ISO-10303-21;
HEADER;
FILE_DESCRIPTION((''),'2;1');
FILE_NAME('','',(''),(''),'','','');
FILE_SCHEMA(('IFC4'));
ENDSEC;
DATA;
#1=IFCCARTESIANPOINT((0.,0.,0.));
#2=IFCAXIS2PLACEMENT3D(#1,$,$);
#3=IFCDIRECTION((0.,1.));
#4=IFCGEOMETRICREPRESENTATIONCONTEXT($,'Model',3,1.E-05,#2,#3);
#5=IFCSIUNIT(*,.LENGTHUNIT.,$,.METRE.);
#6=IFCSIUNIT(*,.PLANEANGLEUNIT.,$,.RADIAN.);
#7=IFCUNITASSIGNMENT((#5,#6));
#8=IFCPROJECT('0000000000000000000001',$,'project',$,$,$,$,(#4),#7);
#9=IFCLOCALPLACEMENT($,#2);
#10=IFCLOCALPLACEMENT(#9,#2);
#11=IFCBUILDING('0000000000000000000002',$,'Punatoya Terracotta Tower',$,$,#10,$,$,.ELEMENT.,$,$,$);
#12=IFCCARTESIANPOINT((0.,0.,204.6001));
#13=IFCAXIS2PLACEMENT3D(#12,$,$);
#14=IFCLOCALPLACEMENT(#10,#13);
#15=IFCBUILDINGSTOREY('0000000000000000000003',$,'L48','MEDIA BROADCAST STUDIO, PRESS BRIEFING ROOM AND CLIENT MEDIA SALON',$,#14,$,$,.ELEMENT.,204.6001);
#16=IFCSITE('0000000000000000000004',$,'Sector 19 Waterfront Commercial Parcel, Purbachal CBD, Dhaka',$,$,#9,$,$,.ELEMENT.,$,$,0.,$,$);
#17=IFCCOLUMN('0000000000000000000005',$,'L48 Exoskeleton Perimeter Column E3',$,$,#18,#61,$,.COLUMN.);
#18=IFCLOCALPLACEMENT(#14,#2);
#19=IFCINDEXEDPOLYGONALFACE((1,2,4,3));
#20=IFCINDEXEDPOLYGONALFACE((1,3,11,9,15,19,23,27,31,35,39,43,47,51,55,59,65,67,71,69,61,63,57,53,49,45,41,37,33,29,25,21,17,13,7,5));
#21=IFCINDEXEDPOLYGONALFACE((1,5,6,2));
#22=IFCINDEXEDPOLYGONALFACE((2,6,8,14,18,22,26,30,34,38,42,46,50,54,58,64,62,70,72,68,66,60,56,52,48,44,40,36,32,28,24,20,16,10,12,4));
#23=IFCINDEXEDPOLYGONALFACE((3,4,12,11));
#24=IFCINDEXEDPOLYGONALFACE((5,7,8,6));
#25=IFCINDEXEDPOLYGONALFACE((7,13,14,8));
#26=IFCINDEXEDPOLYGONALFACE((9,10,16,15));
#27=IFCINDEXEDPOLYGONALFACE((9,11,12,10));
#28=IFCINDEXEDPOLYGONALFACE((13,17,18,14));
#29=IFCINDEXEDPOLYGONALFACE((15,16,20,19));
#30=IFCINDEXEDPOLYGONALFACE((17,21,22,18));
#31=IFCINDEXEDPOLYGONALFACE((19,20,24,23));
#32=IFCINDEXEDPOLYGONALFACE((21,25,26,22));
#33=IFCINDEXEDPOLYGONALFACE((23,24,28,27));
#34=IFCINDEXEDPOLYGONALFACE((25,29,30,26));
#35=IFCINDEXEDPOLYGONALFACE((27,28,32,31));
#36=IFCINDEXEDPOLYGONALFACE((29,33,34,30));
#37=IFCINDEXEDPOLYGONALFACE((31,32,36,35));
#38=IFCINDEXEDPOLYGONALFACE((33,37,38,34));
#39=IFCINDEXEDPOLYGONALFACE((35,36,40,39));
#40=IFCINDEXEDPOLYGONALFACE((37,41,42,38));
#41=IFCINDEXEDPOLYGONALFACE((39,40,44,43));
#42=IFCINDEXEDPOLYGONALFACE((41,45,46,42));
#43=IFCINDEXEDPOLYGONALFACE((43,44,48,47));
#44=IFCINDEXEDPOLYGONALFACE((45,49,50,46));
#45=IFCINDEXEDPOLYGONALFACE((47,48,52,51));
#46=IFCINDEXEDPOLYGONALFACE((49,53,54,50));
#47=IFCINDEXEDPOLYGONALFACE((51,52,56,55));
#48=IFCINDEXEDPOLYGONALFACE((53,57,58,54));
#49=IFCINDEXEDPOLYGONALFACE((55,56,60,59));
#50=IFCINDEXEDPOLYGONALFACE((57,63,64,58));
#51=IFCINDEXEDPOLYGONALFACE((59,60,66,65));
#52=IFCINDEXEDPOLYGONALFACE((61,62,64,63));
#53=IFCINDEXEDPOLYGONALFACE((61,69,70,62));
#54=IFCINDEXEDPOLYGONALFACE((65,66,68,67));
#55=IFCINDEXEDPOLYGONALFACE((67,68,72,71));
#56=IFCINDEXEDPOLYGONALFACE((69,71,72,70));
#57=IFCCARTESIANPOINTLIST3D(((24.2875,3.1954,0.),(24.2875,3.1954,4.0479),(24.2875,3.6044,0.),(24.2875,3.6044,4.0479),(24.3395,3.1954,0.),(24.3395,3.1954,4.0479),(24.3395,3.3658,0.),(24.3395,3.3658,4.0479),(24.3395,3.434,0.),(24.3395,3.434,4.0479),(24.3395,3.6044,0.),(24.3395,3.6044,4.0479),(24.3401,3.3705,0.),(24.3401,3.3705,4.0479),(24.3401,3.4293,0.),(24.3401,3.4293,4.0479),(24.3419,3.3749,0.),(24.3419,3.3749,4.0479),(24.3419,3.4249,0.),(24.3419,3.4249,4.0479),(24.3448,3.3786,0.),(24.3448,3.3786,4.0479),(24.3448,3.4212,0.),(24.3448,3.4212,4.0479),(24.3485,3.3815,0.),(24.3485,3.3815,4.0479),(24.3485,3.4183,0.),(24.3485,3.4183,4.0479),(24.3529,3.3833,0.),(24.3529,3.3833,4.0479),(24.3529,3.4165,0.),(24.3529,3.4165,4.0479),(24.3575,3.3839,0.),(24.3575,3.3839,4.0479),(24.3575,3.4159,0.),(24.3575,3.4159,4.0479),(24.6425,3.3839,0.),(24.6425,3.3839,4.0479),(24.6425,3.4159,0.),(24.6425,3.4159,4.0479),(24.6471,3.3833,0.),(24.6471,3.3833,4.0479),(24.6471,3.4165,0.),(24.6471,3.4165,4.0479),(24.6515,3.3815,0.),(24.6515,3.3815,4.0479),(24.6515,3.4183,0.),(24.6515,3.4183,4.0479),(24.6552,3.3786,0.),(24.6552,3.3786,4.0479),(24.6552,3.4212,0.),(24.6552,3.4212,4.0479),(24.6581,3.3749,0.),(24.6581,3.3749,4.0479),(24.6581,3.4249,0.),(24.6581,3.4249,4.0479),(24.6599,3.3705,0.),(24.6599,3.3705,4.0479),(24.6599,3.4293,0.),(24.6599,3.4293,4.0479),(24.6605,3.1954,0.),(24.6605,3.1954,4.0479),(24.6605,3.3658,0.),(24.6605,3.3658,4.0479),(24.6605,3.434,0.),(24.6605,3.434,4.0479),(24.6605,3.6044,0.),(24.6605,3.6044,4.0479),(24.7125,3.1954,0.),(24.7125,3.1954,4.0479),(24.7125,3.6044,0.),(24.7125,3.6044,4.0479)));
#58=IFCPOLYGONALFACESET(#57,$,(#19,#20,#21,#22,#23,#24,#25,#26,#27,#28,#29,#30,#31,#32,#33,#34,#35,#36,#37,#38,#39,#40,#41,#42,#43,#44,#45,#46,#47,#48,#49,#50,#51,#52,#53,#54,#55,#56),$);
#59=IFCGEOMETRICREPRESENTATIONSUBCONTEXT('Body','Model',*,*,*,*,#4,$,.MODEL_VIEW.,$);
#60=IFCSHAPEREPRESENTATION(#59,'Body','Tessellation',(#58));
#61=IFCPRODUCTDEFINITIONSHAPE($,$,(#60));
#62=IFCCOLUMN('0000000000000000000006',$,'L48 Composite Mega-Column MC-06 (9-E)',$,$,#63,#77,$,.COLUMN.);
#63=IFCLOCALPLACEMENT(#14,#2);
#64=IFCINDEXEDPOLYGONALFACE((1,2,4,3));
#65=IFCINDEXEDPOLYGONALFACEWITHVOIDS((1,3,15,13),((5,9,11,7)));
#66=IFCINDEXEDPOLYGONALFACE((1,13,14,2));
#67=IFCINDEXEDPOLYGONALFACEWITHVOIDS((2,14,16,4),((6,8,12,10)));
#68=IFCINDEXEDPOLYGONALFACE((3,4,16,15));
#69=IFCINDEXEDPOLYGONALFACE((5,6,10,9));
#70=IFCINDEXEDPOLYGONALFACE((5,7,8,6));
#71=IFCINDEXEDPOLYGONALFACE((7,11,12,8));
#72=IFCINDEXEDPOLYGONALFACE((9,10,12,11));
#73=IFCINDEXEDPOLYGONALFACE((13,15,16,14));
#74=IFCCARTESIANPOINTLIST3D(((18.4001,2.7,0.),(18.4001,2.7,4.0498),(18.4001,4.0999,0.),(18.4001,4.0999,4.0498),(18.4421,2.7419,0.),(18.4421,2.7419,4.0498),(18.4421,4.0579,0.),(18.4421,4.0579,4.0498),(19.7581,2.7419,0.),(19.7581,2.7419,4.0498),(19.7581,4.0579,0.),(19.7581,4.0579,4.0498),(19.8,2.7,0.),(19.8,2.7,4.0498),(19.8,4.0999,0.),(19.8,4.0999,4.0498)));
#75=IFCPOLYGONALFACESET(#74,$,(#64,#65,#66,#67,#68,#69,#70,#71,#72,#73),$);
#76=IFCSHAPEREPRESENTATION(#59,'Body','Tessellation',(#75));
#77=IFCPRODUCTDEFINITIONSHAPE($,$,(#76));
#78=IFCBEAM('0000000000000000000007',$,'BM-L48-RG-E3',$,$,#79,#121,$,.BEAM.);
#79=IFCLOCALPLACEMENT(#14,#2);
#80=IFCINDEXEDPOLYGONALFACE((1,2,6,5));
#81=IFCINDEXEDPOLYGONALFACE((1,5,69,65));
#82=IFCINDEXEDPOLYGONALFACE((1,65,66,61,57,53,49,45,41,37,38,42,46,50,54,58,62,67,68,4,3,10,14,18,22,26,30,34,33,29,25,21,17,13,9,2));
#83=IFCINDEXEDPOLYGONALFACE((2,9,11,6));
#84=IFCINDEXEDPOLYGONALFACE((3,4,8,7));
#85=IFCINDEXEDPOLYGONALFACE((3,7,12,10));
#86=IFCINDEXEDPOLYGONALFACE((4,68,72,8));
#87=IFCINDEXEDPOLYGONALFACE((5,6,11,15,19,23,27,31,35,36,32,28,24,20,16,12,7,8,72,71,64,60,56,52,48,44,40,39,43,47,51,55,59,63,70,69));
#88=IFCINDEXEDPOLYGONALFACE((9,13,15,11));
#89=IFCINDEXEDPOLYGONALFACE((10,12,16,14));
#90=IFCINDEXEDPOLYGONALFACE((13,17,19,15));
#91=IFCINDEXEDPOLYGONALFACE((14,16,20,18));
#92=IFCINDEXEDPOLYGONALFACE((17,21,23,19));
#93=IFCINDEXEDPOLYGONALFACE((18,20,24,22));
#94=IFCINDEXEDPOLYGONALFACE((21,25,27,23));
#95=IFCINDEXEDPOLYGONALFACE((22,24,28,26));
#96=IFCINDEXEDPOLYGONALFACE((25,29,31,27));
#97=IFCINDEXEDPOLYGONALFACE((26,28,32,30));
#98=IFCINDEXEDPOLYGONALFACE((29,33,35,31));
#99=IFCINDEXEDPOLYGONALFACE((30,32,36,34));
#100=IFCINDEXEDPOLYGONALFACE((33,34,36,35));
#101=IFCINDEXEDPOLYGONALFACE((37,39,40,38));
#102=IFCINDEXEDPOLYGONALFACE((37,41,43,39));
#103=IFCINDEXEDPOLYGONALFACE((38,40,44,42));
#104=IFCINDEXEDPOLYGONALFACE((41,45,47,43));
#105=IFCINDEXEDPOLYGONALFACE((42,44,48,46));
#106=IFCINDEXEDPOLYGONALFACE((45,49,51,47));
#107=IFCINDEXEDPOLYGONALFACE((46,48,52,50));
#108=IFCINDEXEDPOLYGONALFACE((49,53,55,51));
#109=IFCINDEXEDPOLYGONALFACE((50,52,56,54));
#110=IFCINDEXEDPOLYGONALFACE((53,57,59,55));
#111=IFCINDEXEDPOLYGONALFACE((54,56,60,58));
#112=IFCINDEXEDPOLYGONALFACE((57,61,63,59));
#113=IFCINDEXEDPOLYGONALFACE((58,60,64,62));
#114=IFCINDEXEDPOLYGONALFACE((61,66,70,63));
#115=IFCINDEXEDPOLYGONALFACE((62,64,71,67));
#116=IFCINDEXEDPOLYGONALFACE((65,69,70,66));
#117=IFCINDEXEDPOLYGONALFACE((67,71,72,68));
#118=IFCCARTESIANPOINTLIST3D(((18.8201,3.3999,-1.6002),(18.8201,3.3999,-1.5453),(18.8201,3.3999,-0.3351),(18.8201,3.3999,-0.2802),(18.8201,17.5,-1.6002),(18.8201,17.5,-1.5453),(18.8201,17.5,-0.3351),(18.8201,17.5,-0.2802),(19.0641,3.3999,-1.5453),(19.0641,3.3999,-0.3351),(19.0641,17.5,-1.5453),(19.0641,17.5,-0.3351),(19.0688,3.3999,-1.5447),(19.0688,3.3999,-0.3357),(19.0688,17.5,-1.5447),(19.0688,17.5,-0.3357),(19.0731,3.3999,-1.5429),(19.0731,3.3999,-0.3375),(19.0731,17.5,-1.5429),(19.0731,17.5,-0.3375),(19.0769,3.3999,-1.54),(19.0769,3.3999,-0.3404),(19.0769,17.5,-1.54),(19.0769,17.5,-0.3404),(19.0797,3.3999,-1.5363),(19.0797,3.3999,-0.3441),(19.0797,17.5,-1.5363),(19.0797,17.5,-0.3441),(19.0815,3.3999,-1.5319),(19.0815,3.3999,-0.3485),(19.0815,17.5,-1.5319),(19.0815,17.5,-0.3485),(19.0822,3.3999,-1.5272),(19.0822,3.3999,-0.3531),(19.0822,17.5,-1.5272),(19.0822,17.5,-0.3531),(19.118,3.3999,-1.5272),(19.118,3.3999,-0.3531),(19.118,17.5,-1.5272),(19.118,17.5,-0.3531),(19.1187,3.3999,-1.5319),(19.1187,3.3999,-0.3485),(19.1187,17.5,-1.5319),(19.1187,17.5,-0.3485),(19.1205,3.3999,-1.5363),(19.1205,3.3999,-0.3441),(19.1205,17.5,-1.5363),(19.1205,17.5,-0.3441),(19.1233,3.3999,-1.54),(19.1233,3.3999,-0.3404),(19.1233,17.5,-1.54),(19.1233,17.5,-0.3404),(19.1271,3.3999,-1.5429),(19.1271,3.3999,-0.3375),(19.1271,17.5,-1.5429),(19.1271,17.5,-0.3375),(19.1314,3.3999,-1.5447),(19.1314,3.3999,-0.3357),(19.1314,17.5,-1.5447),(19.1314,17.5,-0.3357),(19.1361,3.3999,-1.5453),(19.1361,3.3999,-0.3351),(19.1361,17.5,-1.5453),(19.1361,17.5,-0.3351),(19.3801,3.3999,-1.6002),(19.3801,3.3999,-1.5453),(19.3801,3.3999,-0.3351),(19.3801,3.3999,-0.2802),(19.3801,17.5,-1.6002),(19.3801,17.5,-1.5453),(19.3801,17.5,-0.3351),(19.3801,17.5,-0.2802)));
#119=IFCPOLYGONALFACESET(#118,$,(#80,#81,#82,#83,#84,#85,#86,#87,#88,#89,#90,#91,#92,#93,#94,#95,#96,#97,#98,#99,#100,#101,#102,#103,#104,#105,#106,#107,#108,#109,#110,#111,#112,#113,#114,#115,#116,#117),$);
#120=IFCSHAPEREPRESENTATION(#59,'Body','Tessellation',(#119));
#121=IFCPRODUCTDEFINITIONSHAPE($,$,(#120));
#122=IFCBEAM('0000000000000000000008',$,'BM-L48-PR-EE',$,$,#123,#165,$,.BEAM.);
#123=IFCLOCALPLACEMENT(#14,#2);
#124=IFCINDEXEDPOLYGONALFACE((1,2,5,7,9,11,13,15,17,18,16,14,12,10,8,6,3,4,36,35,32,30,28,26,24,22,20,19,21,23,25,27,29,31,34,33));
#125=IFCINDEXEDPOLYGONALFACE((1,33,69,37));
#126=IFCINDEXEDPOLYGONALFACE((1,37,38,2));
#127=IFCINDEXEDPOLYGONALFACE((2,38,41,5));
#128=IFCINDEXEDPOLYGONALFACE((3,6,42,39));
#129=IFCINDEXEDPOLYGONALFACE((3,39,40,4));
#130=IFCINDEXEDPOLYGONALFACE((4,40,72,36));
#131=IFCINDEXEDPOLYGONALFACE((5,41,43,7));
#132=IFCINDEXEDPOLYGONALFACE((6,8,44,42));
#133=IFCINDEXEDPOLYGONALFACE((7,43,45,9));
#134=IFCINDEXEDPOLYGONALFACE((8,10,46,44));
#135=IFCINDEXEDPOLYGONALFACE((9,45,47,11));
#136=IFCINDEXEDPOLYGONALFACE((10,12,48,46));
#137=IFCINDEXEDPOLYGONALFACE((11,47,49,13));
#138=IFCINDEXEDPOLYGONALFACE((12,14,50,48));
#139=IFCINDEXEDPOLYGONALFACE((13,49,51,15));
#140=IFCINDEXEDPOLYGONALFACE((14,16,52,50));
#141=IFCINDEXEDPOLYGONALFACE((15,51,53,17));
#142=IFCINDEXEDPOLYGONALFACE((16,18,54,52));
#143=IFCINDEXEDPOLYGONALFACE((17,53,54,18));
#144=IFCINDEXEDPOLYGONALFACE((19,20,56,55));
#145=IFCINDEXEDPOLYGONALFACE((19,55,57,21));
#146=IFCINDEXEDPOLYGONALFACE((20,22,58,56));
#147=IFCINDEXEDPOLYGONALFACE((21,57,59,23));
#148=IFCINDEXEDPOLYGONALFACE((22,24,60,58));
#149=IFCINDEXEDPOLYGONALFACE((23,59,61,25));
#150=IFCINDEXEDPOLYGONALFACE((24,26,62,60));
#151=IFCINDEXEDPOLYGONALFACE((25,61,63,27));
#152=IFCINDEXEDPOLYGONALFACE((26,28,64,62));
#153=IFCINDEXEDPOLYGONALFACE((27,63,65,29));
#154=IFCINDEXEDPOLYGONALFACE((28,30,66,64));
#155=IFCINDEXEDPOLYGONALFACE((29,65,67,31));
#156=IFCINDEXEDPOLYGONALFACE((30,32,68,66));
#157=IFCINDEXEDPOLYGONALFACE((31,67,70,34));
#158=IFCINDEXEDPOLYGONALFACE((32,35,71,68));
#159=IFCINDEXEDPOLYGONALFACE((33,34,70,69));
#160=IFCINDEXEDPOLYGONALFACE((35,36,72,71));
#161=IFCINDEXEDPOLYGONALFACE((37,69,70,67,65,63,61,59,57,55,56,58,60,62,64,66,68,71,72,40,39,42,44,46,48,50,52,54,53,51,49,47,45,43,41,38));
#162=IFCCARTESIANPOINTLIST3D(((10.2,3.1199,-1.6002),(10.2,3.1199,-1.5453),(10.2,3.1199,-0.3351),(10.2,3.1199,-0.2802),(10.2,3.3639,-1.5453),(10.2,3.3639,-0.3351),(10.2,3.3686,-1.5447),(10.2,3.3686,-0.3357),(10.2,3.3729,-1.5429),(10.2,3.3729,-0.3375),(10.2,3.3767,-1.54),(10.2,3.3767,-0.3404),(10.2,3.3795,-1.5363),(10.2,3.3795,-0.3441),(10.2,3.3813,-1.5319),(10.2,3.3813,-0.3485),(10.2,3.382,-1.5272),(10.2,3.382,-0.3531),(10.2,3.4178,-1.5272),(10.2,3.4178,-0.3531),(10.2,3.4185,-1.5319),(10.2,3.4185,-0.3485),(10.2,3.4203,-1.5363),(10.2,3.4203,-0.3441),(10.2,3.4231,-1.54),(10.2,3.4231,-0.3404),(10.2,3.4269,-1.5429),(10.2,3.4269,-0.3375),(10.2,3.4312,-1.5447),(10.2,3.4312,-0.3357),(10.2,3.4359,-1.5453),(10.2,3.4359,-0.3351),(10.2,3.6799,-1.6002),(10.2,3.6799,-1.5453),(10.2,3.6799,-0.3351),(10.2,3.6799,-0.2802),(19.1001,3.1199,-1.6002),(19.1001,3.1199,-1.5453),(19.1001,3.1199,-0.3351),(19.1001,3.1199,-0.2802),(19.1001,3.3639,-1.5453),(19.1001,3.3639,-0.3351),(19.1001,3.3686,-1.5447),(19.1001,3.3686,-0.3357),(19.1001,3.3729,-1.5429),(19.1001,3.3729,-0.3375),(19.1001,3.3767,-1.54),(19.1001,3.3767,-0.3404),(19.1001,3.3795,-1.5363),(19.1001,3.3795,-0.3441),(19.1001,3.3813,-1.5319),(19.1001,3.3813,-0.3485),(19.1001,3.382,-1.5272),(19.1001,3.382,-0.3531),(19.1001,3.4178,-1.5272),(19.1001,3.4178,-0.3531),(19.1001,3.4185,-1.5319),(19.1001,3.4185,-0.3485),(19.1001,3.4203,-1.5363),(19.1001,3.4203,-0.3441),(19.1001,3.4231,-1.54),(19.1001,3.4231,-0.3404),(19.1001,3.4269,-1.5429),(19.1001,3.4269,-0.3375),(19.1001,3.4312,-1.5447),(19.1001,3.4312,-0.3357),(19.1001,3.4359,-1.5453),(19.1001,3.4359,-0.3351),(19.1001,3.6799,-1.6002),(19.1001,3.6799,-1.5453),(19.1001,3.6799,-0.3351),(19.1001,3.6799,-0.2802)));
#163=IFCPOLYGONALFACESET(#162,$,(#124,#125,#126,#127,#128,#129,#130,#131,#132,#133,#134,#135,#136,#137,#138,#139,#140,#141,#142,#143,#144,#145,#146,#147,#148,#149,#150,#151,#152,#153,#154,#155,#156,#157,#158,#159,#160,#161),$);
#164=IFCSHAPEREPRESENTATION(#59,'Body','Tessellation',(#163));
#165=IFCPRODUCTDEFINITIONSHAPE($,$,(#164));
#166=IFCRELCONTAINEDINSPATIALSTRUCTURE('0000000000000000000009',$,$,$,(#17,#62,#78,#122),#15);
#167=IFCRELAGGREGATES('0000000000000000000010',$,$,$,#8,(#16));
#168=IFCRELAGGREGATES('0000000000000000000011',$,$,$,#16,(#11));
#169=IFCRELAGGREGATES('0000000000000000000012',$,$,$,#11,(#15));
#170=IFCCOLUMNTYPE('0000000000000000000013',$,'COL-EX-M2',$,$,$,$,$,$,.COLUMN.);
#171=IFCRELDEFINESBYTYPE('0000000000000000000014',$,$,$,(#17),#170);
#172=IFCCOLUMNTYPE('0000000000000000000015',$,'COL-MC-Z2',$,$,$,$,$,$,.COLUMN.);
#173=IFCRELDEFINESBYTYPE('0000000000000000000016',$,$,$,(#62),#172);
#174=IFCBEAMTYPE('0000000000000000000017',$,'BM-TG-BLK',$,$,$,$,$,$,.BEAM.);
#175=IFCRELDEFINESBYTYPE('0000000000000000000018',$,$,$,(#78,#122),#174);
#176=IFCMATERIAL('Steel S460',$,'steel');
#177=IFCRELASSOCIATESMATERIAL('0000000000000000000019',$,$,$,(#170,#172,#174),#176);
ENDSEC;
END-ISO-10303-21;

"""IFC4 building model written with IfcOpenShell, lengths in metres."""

from ifc_helpers import new_model, si_unit, direction, frame, origin, origin_2d, place, context, subcontext, project, spatial, hollow_rectangle, i_section, extrude, material, material_profile, profile_set, type_object, element, save


model = new_model("IFC4")

# Units and contexts
model_context = context("Model", 3, precision=1e-05, world=origin(), true_north=direction((0.0, 1.0)))
body_context = subcontext(model_context, "Body", "Model", "MODEL_VIEW")
ifc_project = project(units=[si_unit("LENGTHUNIT", "METRE"), si_unit("PLANEANGLEUNIT", "RADIAN")], contexts=[model_context])

# Site, building, storey
site_placement = place(None, origin())
site = spatial("IfcSite", under=ifc_project, at=site_placement, Name="Sector 19 Waterfront Commercial Parcel, Purbachal CBD, Dhaka", CompositionType="ELEMENT", RefElevation=0.0)
building_placement = place(site_placement, origin())
building = spatial("IfcBuilding", under=site, at=building_placement, Name="Punatoya Terracotta Tower", CompositionType="ELEMENT")
storey_placement = place(building_placement, frame((0.0, 0.0, 204.6001)))
storey = spatial("IfcBuildingStorey", under=building, at=storey_placement, Name="L48", Description="MEDIA BROADCAST STUDIO, PRESS BRIEFING ROOM AND CLIENT MEDIA SALON", CompositionType="ELEMENT", Elevation=204.6001)

# Columns
ifc_material_1 = material(Name="Steel S460", Category="steel")
ifc_material_profile_1 = material_profile(ifc_material_1, i_section(OverallWidth=0.4089, OverallDepth=0.425, WebThickness=0.032, FlangeThickness=0.052, FilletRadius=0.0181, at=origin_2d()))
ifc_profile_set_1 = profile_set([ifc_material_profile_1], Name="Steel S460")
column_type_1 = type_object("IfcColumnType", Name="COL-EX-M2", PredefinedType="COLUMN", material=ifc_profile_set_1)
column_1_placement = place(storey_placement, frame((24.5, 3.3999, 0.0), z_axis=(0.0, 0.0, 1.0), x_axis=(0.0, 1.0, 0.0)))
element("IfcColumn", 1, at=column_1_placement, inside=storey, type_object=column_type_1, Name="L48 Exoskeleton Perimeter Column E3", PredefinedType="COLUMN", context=body_context, shape_type="SweptSolid", body=[
    extrude(i_section(OverallWidth=0.4089, OverallDepth=0.425, WebThickness=0.032, FlangeThickness=0.052, FilletRadius=0.0181, at=origin_2d()), origin(), (0.0, 0.0, 1.0), 4.0479),
])
ifc_material_profile_2 = material_profile(ifc_material_1, hollow_rectangle(XDim=1.3999, YDim=1.3999, WallThickness=0.042, at=origin_2d()))
ifc_profile_set_2 = profile_set([ifc_material_profile_2], Name="Steel S460")
column_type_2 = type_object("IfcColumnType", Name="COL-MC-Z2", PredefinedType="COLUMN", material=ifc_profile_set_2)
column_2_placement = place(storey_placement, frame((19.1001, 3.3999, 0.0), z_axis=(0.0, 0.0, 1.0), x_axis=(1.0, 0.0, 0.0)))
element("IfcColumn", 2, at=column_2_placement, inside=storey, type_object=column_type_2, Name="L48 Composite Mega-Column MC-06 (9-E)", PredefinedType="COLUMN", context=body_context, shape_type="SweptSolid", body=[
    extrude(hollow_rectangle(XDim=1.3999, YDim=1.3999, WallThickness=0.042, at=origin_2d()), origin(), (0.0, 0.0, 1.0), 4.0498),
])

# Beams
ifc_material_profile_3 = material_profile(ifc_material_1, i_section(OverallWidth=0.5601, OverallDepth=1.3201, WebThickness=0.0359, FlangeThickness=0.0549, FilletRadius=0.0181, at=origin_2d()))
ifc_profile_set_3 = profile_set([ifc_material_profile_3], Name="Steel S460")
beam_type = type_object("IfcBeamType", Name="BM-TG-BLK", PredefinedType="BEAM", material=ifc_profile_set_3)
beam_1_placement = place(storey_placement, frame((19.1001, 3.3999, -0.9402), z_axis=(0.0, 1.0, 0.0), x_axis=(-1.0, 0.0, 0.0)))
element("IfcBeam", 3, at=beam_1_placement, inside=storey, type_object=beam_type, Name="BM-L48-RG-E3", PredefinedType="BEAM", context=body_context, shape_type="SweptSolid", body=[
    extrude(i_section(OverallWidth=0.5601, OverallDepth=1.3201, WebThickness=0.0359, FlangeThickness=0.0549, FilletRadius=0.0181, at=origin_2d()), origin(), (0.0, 0.0, 1.0), 14.1001),
])
beam_2_placement = place(storey_placement, frame((10.2, 3.3999, -0.9402), z_axis=(1.0, 0.0, 0.0), x_axis=(0.0, 1.0, 0.0)))
element("IfcBeam", 4, at=beam_2_placement, inside=storey, type_object=beam_type, Name="BM-L48-PR-EE", PredefinedType="BEAM", context=body_context, shape_type="SweptSolid", body=[
    extrude(i_section(OverallWidth=0.5601, OverallDepth=1.3201, WebThickness=0.0359, FlangeThickness=0.0549, FilletRadius=0.0181, at=origin_2d()), origin(), (0.0, 0.0, 1.0), 8.9001),
])

save(model, "model.ifc")
